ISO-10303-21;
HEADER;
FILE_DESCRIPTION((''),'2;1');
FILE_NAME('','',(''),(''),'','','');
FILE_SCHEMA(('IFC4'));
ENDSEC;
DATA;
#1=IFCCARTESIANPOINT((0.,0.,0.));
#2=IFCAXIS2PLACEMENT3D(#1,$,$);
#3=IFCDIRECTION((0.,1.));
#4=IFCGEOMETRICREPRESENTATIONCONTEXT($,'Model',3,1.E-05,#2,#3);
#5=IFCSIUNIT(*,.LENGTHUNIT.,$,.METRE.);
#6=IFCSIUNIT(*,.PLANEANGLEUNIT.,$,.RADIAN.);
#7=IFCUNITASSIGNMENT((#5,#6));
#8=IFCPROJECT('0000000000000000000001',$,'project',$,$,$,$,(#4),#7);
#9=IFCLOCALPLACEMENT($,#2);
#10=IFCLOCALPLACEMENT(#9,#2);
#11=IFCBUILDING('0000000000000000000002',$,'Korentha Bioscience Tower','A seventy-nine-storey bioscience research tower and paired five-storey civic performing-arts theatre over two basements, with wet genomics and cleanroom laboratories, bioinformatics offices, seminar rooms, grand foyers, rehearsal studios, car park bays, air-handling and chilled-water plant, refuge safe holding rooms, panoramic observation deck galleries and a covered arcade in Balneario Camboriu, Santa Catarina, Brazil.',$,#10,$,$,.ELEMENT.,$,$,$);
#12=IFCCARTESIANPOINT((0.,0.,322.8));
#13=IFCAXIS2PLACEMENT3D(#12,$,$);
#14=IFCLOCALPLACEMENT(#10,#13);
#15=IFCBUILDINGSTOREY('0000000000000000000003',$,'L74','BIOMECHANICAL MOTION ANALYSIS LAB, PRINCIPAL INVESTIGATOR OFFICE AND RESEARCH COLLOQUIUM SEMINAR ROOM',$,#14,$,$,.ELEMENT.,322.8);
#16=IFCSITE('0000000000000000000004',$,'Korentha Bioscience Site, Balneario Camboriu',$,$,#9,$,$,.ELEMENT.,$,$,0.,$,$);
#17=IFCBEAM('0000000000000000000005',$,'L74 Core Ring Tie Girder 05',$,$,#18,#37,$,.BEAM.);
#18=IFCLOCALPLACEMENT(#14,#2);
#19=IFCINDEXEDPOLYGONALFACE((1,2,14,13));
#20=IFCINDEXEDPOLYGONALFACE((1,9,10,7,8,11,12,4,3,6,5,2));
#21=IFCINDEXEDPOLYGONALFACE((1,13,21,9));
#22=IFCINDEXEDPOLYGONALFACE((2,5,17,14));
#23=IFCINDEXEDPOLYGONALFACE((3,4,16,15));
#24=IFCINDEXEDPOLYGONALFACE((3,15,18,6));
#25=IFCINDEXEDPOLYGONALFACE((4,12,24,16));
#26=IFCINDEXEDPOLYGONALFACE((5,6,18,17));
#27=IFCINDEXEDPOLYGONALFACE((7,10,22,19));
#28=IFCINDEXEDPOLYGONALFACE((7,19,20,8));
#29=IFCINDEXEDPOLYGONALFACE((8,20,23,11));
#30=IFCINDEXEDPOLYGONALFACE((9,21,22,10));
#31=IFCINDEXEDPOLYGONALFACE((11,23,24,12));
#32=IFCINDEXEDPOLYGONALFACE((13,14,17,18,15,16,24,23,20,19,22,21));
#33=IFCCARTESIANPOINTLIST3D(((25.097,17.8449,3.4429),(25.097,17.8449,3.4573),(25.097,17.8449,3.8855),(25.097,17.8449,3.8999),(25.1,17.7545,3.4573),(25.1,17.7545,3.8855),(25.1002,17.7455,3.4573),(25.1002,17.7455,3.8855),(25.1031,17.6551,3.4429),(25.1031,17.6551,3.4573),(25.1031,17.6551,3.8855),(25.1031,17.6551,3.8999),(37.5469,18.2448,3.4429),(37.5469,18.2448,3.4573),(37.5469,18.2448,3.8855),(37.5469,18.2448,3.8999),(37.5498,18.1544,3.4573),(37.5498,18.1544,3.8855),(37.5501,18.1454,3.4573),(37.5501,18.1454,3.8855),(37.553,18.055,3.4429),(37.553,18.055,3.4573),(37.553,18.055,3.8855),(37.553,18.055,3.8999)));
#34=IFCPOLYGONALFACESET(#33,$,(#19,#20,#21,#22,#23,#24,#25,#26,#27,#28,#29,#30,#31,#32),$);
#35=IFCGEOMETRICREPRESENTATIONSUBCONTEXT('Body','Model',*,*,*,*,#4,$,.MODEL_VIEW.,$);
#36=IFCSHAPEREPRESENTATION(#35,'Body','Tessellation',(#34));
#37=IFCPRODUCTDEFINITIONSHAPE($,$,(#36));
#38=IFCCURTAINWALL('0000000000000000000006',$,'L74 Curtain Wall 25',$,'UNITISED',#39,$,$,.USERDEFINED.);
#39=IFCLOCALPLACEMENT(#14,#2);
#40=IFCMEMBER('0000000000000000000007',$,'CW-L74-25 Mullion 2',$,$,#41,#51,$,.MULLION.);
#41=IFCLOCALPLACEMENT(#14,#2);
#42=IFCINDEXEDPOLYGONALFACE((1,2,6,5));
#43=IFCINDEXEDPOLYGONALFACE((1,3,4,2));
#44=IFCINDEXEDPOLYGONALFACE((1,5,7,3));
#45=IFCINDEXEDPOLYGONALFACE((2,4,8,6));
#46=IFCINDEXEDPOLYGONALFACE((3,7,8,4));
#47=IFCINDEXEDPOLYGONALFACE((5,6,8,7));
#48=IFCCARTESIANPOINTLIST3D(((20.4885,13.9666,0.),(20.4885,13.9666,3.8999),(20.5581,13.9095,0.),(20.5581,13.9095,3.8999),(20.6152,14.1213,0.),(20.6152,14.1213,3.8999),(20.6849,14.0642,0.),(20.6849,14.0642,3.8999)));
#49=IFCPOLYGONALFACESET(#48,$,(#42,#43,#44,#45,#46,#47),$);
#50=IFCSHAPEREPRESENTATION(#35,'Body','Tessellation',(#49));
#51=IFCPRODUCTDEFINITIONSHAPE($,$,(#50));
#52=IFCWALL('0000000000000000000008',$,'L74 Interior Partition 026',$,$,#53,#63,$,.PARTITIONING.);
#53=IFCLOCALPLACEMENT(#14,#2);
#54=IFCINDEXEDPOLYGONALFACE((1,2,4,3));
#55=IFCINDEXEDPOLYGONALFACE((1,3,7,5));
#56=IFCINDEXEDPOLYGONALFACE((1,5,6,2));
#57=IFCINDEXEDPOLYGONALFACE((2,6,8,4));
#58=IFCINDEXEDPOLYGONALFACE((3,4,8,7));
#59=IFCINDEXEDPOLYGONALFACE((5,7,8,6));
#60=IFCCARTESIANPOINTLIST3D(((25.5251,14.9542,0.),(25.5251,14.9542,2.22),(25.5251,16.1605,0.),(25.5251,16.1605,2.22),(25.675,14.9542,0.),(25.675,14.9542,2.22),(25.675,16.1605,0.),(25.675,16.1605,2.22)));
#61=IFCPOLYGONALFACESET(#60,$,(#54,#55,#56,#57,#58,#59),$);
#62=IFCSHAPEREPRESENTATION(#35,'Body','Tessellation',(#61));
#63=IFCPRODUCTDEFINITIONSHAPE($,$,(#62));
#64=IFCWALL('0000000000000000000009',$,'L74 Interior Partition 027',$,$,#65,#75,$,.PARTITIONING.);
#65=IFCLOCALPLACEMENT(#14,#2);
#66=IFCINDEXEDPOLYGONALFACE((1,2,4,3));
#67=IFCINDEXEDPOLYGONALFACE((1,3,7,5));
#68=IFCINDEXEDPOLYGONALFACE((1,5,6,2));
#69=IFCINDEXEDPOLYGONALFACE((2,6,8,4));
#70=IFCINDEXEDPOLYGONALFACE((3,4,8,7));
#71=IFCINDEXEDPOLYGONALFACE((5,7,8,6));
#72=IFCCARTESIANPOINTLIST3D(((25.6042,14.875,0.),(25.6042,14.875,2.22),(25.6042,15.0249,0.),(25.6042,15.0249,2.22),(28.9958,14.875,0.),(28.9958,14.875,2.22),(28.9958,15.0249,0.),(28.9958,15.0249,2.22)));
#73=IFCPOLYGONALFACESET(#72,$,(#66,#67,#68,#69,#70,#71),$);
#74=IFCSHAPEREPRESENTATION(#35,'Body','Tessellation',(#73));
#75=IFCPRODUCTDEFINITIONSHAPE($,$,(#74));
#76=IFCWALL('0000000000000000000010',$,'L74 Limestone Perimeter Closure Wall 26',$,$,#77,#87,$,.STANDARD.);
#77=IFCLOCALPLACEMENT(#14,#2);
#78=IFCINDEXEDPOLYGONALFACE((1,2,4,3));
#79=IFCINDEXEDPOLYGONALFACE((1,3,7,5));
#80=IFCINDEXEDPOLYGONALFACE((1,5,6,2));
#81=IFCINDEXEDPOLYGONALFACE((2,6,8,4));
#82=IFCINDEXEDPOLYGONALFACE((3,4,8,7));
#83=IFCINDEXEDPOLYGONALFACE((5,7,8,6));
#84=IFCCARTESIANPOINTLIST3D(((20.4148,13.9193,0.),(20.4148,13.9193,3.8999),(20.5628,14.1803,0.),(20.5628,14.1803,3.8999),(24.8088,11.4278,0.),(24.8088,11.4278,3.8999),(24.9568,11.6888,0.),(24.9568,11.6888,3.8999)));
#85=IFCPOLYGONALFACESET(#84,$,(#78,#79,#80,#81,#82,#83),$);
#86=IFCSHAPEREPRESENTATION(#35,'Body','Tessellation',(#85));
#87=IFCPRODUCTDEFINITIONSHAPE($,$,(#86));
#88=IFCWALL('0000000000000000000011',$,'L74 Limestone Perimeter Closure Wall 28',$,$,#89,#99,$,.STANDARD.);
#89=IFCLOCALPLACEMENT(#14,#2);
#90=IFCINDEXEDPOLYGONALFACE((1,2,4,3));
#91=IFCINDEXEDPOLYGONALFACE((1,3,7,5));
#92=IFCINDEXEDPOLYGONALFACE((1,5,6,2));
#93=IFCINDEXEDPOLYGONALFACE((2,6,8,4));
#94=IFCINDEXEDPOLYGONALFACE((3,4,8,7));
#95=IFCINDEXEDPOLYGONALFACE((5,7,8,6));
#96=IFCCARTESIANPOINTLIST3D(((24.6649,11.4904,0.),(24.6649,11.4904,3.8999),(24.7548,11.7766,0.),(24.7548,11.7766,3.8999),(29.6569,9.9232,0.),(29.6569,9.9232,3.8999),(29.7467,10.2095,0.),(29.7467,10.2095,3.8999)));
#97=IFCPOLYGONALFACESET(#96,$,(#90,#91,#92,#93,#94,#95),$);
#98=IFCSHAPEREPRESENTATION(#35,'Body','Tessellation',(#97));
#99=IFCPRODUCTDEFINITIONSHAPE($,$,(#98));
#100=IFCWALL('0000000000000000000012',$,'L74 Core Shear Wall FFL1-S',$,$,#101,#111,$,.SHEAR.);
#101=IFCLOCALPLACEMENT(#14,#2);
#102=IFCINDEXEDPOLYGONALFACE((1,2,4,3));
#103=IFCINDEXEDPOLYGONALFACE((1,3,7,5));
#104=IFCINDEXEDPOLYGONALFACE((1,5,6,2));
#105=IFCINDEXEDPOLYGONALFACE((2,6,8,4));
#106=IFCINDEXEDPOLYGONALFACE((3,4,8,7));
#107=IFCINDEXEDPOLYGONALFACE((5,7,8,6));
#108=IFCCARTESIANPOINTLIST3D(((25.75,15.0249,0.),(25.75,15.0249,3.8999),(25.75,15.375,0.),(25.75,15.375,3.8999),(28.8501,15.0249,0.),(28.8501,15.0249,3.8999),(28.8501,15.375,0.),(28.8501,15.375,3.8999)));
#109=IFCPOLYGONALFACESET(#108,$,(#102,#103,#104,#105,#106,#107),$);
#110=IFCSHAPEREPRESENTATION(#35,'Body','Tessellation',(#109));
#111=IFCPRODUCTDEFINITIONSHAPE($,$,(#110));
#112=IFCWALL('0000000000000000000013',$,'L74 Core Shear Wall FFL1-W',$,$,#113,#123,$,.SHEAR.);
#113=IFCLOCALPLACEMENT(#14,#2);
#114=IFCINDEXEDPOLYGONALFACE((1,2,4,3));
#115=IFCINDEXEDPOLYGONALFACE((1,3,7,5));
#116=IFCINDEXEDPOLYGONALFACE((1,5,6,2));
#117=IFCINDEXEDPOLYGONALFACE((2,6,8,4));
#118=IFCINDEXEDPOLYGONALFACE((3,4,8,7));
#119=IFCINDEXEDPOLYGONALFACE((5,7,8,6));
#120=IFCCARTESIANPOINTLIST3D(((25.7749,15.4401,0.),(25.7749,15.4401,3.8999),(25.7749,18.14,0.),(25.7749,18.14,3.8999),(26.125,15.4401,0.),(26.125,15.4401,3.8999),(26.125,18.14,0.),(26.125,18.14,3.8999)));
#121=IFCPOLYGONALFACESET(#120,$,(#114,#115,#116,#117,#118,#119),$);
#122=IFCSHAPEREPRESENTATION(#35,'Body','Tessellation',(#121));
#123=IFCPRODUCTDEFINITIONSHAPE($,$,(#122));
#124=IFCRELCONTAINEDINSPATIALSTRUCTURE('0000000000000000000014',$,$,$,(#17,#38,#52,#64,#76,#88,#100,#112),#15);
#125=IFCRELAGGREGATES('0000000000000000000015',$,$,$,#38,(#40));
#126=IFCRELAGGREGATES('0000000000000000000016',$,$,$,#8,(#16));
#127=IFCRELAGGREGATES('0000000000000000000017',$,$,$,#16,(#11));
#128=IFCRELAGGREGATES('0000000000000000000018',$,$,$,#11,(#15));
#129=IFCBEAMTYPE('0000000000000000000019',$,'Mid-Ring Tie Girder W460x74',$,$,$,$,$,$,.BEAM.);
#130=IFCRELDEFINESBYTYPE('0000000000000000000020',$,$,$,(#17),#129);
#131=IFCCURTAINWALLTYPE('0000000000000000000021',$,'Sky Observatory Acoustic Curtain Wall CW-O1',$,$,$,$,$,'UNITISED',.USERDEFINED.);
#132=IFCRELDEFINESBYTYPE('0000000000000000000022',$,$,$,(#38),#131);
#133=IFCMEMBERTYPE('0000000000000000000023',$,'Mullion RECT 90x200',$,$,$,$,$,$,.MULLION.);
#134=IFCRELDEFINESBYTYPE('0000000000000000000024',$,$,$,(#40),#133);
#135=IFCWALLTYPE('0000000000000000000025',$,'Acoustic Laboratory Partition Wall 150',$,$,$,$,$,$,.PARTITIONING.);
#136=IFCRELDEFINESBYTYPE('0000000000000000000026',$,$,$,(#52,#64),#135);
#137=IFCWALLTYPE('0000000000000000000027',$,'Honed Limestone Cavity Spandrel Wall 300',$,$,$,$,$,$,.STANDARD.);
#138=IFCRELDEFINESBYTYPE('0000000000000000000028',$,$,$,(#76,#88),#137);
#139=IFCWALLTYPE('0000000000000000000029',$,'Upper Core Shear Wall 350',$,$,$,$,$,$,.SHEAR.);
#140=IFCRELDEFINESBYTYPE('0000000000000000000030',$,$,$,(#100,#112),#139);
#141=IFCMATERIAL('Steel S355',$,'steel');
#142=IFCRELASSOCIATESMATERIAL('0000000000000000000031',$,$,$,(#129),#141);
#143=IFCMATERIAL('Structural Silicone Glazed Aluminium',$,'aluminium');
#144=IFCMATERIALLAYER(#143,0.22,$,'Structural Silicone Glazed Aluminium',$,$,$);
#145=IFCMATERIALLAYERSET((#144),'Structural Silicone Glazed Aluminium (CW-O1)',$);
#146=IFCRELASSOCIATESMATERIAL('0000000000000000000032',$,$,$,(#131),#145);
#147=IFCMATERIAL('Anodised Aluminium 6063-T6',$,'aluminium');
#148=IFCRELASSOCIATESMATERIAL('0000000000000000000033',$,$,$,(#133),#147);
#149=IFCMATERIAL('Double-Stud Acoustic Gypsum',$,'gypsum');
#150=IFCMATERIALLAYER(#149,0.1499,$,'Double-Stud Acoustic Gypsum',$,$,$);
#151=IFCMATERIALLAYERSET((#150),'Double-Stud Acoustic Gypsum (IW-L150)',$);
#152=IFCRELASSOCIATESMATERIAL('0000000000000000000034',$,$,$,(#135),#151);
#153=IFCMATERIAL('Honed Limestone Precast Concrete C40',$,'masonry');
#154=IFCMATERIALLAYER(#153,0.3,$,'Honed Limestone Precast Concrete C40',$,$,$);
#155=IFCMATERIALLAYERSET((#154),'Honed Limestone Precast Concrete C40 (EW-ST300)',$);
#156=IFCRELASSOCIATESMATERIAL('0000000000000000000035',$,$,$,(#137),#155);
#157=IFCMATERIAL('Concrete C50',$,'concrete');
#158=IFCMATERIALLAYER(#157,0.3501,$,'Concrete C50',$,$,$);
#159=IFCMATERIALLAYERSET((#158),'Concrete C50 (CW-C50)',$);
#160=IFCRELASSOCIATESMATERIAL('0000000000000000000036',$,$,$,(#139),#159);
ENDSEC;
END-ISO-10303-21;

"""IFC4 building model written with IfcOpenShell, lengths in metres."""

from ifc_helpers import new_model, si_unit, direction, frame, frame_2d, origin, origin_2d, place, context, subcontext, project, spatial, rectangle, i_section, extrude, material, layer, layer_set, material_profile, profile_set, type_object, element, aggregate, save


model = new_model("IFC4")

# Units and contexts
model_context = context("Model", 3, precision=1e-05, world=origin(), true_north=direction((0.0, 1.0)))
body_context = subcontext(model_context, "Body", "Model", "MODEL_VIEW")
ifc_project = project(units=[si_unit("LENGTHUNIT", "METRE"), si_unit("PLANEANGLEUNIT", "RADIAN")], contexts=[model_context])

# Site, building, storey
site_placement = place(None, origin())
site = spatial("IfcSite", under=ifc_project, at=site_placement, Name="Korentha Bioscience Site, Balneario Camboriu", CompositionType="ELEMENT", RefElevation=0.0)
building_placement = place(site_placement, origin())
building = spatial("IfcBuilding", under=site, at=building_placement, Name="Korentha Bioscience Tower", Description="A seventy-nine-storey bioscience research tower and paired five-storey civic performing-arts theatre over two basements, with wet genomics and cleanroom laboratories, bioinformatics offices, seminar rooms, grand foyers, rehearsal studios, car park bays, air-handling and chilled-water plant, refuge safe holding rooms, panoramic observation deck galleries and a covered arcade in Balneario Camboriu, Santa Catarina, Brazil.", CompositionType="ELEMENT")
storey_placement = place(building_placement, frame((0.0, 0.0, 322.8)))
storey = spatial("IfcBuildingStorey", under=building, at=storey_placement, Name="L74", Description="BIOMECHANICAL MOTION ANALYSIS LAB, PRINCIPAL INVESTIGATOR OFFICE AND RESEARCH COLLOQUIUM SEMINAR ROOM", CompositionType="ELEMENT", Elevation=322.8)

# Shared definitions
ifc_material_1 = material(Name="Concrete C50", Category="concrete")

# Beam
ifc_material_2 = material(Name="Steel S355", Category="steel")
ifc_material_profile_1 = material_profile(ifc_material_2, i_section(OverallWidth=0.1899, OverallDepth=0.457, WebThickness=0.009, FlangeThickness=0.0144, at=origin_2d()), Name="Steel S355")
ifc_profile_set_1 = profile_set([ifc_material_profile_1], Name="Steel S355 (MB-460)")
beam_type_1 = type_object("IfcBeamType", Name="Mid-Ring Tie Girder W460x74", PredefinedType="BEAM", material=ifc_profile_set_1)
beam_1_placement = place(storey_placement, frame((25.1001, 17.75, 3.6714), z_axis=(0.999485, 0.032104, 0.0), x_axis=(-0.032104, 0.999485, 0.0)))
element("IfcBeam", 1, at=beam_1_placement, inside=storey, type_object=beam_type_1, Name="L74 Core Ring Tie Girder 05", PredefinedType="BEAM", context=body_context, shape_type="SweptSolid", body=[
    extrude(i_section(OverallWidth=0.1899, OverallDepth=0.457, WebThickness=0.009, FlangeThickness=0.0144, at=origin_2d()), origin(), (0.0, 0.0, 1.0), 12.4563),
])

# Curtain wall, member
ifc_material_3 = material(Name="Structural Silicone Glazed Aluminium", Category="aluminium")
ifc_layer_1 = layer(ifc_material_3, 0.22, Name="Structural Silicone Glazed Aluminium")
ifc_layer_set_1 = layer_set([ifc_layer_1], Name="Structural Silicone Glazed Aluminium (CW-O1)")
curtain_wall_type = type_object("IfcCurtainWallType", Name="Sky Observatory Acoustic Curtain Wall CW-O1", ElementType="UNITISED", PredefinedType="USERDEFINED", material=ifc_layer_set_1)
curtain_wall_placement = place(storey_placement, origin())
curtain_wall = element("IfcCurtainWall", 2, at=curtain_wall_placement, inside=storey, type_object=curtain_wall_type, Name="L74 Curtain Wall 25", ObjectType="UNITISED", PredefinedType="USERDEFINED")
ifc_material_4 = material(Name="Anodised Aluminium 6063-T6", Category="aluminium")
ifc_material_profile_2 = material_profile(ifc_material_4, rectangle(XDim=0.0901, YDim=0.2, at=origin_2d()), Name="Anodised Aluminium 6063-T6")
ifc_profile_set_2 = profile_set([ifc_material_profile_2], Name="Anodised Aluminium 6063-T6 (CW-MUL)")
member_type = type_object("IfcMemberType", Name="Mullion RECT 90x200", PredefinedType="MULLION", material=ifc_profile_set_2)
member_placement = place(storey_placement, frame((20.5867, 14.0154, 0.0), z_axis=(0.0, 0.0, 1.0), x_axis=(0.773456, -0.63385, 0.0)))
member = element("IfcMember", 3, at=member_placement, type_object=member_type, Name="CW-L74-25 Mullion 2", PredefinedType="MULLION", context=body_context, shape_type="SweptSolid", body=[
    extrude(rectangle(XDim=0.0901, YDim=0.2, at=origin_2d()), origin(), (0.0, 0.0, 1.0), 3.8999),
])
aggregate(curtain_wall, [member])

# Walls
ifc_material_5 = material(Name="Double-Stud Acoustic Gypsum", Category="gypsum")
ifc_layer_2 = layer(ifc_material_5, 0.1499, Name="Double-Stud Acoustic Gypsum")
ifc_layer_set_2 = layer_set([ifc_layer_2], Name="Double-Stud Acoustic Gypsum (IW-L150)")
wall_type_1 = type_object("IfcWallType", Name="Acoustic Laboratory Partition Wall 150", PredefinedType="PARTITIONING", material=ifc_layer_set_2)
wall_1_placement = place(storey_placement, frame((25.6001, 16.1604, 0.0), z_axis=(0.0, 0.0, 1.0), x_axis=(0.0, -1.0, 0.0)))
element("IfcWall", 4, at=wall_1_placement, inside=storey, type_object=wall_type_1, Name="L74 Interior Partition 026", PredefinedType="PARTITIONING", context=body_context, shape_type="SweptSolid", body=[
    extrude(rectangle(XDim=1.2063, YDim=0.1499, at=frame_2d((0.603, 0.0))), origin(), (0.0, 0.0, 1.0), 2.22),
])
wall_2_placement = place(storey_placement, frame((25.6042, 14.95, 0.0), z_axis=(0.0, 0.0, 1.0), x_axis=(1.0, 0.0, 0.0)))
element("IfcWall", 5, at=wall_2_placement, inside=storey, type_object=wall_type_1, Name="L74 Interior Partition 027", PredefinedType="PARTITIONING", context=body_context, shape_type="SweptSolid", body=[
    extrude(rectangle(XDim=3.3916, YDim=0.1499, at=frame_2d((1.6958, 0.0))), origin(), (0.0, 0.0, 1.0), 2.22),
])
ifc_material_6 = material(Name="Honed Limestone Precast Concrete C40", Category="masonry")
ifc_layer_3 = layer(ifc_material_6, 0.3, Name="Honed Limestone Precast Concrete C40")
ifc_layer_set_3 = layer_set([ifc_layer_3], Name="Honed Limestone Precast Concrete C40 (EW-ST300)")
wall_type_2 = type_object("IfcWallType", Name="Honed Limestone Cavity Spandrel Wall 300", PredefinedType="STANDARD", material=ifc_layer_set_3)
wall_3_placement = place(storey_placement, frame((20.4888, 14.0498, 0.0), z_axis=(0.0, 0.0, 1.0), x_axis=(0.869895, -0.493237, 0.0)))
element("IfcWall", 6, at=wall_3_placement, inside=storey, type_object=wall_type_2, Name="L74 Limestone Perimeter Closure Wall 26", PredefinedType="STANDARD", context=body_context, shape_type="SweptSolid", body=[
    extrude(rectangle(XDim=5.0513, YDim=0.3, at=frame_2d((2.5256, 0.0))), origin(), (0.0, 0.0, 1.0), 3.8999),
])
wall_4_placement = place(storey_placement, frame((24.7097, 11.6335, 0.0), z_axis=(0.0, 0.0, 1.0), x_axis=(0.95409, -0.299521, 0.0)))
element("IfcWall", 7, at=wall_4_placement, inside=storey, type_object=wall_type_2, Name="L74 Limestone Perimeter Closure Wall 28", PredefinedType="STANDARD", context=body_context, shape_type="SweptSolid", body=[
    extrude(rectangle(XDim=5.2322, YDim=0.3, at=frame_2d((2.6162, 0.0))), origin(), (0.0, 0.0, 1.0), 3.8999),
])
ifc_layer_4 = layer(ifc_material_1, 0.3501, Name="Concrete C50")
ifc_layer_set_4 = layer_set([ifc_layer_4], Name="Concrete C50 (CW-C50)")
wall_type_3 = type_object("IfcWallType", Name="Upper Core Shear Wall 350", PredefinedType="SHEAR", material=ifc_layer_set_4)
wall_5_placement = place(storey_placement, frame((25.75, 15.2, 0.0), z_axis=(0.0, 0.0, 1.0), x_axis=(1.0, 0.0, 0.0)))
element("IfcWall", 8, at=wall_5_placement, inside=storey, type_object=wall_type_3, Name="L74 Core Shear Wall FFL1-S", PredefinedType="SHEAR", context=body_context, shape_type="SweptSolid", body=[
    extrude(rectangle(XDim=3.1001, YDim=0.3501, at=frame_2d((1.55, 0.0))), origin(), (0.0, 0.0, 1.0), 3.8999),
])
wall_6_placement = place(storey_placement, frame((25.95, 15.4399, 0.0), z_axis=(0.0, 0.0, 1.0), x_axis=(0.0, 1.0, 0.0)))
element("IfcWall", 9, at=wall_6_placement, inside=storey, type_object=wall_type_3, Name="L74 Core Shear Wall FFL1-W", PredefinedType="SHEAR", context=body_context, shape_type="SweptSolid", body=[
    extrude(rectangle(XDim=2.7, YDim=0.3501, at=frame_2d((1.3501, 0.0))), origin(), (0.0, 0.0, 1.0), 3.8999),
])

save(model, "model.ifc")
